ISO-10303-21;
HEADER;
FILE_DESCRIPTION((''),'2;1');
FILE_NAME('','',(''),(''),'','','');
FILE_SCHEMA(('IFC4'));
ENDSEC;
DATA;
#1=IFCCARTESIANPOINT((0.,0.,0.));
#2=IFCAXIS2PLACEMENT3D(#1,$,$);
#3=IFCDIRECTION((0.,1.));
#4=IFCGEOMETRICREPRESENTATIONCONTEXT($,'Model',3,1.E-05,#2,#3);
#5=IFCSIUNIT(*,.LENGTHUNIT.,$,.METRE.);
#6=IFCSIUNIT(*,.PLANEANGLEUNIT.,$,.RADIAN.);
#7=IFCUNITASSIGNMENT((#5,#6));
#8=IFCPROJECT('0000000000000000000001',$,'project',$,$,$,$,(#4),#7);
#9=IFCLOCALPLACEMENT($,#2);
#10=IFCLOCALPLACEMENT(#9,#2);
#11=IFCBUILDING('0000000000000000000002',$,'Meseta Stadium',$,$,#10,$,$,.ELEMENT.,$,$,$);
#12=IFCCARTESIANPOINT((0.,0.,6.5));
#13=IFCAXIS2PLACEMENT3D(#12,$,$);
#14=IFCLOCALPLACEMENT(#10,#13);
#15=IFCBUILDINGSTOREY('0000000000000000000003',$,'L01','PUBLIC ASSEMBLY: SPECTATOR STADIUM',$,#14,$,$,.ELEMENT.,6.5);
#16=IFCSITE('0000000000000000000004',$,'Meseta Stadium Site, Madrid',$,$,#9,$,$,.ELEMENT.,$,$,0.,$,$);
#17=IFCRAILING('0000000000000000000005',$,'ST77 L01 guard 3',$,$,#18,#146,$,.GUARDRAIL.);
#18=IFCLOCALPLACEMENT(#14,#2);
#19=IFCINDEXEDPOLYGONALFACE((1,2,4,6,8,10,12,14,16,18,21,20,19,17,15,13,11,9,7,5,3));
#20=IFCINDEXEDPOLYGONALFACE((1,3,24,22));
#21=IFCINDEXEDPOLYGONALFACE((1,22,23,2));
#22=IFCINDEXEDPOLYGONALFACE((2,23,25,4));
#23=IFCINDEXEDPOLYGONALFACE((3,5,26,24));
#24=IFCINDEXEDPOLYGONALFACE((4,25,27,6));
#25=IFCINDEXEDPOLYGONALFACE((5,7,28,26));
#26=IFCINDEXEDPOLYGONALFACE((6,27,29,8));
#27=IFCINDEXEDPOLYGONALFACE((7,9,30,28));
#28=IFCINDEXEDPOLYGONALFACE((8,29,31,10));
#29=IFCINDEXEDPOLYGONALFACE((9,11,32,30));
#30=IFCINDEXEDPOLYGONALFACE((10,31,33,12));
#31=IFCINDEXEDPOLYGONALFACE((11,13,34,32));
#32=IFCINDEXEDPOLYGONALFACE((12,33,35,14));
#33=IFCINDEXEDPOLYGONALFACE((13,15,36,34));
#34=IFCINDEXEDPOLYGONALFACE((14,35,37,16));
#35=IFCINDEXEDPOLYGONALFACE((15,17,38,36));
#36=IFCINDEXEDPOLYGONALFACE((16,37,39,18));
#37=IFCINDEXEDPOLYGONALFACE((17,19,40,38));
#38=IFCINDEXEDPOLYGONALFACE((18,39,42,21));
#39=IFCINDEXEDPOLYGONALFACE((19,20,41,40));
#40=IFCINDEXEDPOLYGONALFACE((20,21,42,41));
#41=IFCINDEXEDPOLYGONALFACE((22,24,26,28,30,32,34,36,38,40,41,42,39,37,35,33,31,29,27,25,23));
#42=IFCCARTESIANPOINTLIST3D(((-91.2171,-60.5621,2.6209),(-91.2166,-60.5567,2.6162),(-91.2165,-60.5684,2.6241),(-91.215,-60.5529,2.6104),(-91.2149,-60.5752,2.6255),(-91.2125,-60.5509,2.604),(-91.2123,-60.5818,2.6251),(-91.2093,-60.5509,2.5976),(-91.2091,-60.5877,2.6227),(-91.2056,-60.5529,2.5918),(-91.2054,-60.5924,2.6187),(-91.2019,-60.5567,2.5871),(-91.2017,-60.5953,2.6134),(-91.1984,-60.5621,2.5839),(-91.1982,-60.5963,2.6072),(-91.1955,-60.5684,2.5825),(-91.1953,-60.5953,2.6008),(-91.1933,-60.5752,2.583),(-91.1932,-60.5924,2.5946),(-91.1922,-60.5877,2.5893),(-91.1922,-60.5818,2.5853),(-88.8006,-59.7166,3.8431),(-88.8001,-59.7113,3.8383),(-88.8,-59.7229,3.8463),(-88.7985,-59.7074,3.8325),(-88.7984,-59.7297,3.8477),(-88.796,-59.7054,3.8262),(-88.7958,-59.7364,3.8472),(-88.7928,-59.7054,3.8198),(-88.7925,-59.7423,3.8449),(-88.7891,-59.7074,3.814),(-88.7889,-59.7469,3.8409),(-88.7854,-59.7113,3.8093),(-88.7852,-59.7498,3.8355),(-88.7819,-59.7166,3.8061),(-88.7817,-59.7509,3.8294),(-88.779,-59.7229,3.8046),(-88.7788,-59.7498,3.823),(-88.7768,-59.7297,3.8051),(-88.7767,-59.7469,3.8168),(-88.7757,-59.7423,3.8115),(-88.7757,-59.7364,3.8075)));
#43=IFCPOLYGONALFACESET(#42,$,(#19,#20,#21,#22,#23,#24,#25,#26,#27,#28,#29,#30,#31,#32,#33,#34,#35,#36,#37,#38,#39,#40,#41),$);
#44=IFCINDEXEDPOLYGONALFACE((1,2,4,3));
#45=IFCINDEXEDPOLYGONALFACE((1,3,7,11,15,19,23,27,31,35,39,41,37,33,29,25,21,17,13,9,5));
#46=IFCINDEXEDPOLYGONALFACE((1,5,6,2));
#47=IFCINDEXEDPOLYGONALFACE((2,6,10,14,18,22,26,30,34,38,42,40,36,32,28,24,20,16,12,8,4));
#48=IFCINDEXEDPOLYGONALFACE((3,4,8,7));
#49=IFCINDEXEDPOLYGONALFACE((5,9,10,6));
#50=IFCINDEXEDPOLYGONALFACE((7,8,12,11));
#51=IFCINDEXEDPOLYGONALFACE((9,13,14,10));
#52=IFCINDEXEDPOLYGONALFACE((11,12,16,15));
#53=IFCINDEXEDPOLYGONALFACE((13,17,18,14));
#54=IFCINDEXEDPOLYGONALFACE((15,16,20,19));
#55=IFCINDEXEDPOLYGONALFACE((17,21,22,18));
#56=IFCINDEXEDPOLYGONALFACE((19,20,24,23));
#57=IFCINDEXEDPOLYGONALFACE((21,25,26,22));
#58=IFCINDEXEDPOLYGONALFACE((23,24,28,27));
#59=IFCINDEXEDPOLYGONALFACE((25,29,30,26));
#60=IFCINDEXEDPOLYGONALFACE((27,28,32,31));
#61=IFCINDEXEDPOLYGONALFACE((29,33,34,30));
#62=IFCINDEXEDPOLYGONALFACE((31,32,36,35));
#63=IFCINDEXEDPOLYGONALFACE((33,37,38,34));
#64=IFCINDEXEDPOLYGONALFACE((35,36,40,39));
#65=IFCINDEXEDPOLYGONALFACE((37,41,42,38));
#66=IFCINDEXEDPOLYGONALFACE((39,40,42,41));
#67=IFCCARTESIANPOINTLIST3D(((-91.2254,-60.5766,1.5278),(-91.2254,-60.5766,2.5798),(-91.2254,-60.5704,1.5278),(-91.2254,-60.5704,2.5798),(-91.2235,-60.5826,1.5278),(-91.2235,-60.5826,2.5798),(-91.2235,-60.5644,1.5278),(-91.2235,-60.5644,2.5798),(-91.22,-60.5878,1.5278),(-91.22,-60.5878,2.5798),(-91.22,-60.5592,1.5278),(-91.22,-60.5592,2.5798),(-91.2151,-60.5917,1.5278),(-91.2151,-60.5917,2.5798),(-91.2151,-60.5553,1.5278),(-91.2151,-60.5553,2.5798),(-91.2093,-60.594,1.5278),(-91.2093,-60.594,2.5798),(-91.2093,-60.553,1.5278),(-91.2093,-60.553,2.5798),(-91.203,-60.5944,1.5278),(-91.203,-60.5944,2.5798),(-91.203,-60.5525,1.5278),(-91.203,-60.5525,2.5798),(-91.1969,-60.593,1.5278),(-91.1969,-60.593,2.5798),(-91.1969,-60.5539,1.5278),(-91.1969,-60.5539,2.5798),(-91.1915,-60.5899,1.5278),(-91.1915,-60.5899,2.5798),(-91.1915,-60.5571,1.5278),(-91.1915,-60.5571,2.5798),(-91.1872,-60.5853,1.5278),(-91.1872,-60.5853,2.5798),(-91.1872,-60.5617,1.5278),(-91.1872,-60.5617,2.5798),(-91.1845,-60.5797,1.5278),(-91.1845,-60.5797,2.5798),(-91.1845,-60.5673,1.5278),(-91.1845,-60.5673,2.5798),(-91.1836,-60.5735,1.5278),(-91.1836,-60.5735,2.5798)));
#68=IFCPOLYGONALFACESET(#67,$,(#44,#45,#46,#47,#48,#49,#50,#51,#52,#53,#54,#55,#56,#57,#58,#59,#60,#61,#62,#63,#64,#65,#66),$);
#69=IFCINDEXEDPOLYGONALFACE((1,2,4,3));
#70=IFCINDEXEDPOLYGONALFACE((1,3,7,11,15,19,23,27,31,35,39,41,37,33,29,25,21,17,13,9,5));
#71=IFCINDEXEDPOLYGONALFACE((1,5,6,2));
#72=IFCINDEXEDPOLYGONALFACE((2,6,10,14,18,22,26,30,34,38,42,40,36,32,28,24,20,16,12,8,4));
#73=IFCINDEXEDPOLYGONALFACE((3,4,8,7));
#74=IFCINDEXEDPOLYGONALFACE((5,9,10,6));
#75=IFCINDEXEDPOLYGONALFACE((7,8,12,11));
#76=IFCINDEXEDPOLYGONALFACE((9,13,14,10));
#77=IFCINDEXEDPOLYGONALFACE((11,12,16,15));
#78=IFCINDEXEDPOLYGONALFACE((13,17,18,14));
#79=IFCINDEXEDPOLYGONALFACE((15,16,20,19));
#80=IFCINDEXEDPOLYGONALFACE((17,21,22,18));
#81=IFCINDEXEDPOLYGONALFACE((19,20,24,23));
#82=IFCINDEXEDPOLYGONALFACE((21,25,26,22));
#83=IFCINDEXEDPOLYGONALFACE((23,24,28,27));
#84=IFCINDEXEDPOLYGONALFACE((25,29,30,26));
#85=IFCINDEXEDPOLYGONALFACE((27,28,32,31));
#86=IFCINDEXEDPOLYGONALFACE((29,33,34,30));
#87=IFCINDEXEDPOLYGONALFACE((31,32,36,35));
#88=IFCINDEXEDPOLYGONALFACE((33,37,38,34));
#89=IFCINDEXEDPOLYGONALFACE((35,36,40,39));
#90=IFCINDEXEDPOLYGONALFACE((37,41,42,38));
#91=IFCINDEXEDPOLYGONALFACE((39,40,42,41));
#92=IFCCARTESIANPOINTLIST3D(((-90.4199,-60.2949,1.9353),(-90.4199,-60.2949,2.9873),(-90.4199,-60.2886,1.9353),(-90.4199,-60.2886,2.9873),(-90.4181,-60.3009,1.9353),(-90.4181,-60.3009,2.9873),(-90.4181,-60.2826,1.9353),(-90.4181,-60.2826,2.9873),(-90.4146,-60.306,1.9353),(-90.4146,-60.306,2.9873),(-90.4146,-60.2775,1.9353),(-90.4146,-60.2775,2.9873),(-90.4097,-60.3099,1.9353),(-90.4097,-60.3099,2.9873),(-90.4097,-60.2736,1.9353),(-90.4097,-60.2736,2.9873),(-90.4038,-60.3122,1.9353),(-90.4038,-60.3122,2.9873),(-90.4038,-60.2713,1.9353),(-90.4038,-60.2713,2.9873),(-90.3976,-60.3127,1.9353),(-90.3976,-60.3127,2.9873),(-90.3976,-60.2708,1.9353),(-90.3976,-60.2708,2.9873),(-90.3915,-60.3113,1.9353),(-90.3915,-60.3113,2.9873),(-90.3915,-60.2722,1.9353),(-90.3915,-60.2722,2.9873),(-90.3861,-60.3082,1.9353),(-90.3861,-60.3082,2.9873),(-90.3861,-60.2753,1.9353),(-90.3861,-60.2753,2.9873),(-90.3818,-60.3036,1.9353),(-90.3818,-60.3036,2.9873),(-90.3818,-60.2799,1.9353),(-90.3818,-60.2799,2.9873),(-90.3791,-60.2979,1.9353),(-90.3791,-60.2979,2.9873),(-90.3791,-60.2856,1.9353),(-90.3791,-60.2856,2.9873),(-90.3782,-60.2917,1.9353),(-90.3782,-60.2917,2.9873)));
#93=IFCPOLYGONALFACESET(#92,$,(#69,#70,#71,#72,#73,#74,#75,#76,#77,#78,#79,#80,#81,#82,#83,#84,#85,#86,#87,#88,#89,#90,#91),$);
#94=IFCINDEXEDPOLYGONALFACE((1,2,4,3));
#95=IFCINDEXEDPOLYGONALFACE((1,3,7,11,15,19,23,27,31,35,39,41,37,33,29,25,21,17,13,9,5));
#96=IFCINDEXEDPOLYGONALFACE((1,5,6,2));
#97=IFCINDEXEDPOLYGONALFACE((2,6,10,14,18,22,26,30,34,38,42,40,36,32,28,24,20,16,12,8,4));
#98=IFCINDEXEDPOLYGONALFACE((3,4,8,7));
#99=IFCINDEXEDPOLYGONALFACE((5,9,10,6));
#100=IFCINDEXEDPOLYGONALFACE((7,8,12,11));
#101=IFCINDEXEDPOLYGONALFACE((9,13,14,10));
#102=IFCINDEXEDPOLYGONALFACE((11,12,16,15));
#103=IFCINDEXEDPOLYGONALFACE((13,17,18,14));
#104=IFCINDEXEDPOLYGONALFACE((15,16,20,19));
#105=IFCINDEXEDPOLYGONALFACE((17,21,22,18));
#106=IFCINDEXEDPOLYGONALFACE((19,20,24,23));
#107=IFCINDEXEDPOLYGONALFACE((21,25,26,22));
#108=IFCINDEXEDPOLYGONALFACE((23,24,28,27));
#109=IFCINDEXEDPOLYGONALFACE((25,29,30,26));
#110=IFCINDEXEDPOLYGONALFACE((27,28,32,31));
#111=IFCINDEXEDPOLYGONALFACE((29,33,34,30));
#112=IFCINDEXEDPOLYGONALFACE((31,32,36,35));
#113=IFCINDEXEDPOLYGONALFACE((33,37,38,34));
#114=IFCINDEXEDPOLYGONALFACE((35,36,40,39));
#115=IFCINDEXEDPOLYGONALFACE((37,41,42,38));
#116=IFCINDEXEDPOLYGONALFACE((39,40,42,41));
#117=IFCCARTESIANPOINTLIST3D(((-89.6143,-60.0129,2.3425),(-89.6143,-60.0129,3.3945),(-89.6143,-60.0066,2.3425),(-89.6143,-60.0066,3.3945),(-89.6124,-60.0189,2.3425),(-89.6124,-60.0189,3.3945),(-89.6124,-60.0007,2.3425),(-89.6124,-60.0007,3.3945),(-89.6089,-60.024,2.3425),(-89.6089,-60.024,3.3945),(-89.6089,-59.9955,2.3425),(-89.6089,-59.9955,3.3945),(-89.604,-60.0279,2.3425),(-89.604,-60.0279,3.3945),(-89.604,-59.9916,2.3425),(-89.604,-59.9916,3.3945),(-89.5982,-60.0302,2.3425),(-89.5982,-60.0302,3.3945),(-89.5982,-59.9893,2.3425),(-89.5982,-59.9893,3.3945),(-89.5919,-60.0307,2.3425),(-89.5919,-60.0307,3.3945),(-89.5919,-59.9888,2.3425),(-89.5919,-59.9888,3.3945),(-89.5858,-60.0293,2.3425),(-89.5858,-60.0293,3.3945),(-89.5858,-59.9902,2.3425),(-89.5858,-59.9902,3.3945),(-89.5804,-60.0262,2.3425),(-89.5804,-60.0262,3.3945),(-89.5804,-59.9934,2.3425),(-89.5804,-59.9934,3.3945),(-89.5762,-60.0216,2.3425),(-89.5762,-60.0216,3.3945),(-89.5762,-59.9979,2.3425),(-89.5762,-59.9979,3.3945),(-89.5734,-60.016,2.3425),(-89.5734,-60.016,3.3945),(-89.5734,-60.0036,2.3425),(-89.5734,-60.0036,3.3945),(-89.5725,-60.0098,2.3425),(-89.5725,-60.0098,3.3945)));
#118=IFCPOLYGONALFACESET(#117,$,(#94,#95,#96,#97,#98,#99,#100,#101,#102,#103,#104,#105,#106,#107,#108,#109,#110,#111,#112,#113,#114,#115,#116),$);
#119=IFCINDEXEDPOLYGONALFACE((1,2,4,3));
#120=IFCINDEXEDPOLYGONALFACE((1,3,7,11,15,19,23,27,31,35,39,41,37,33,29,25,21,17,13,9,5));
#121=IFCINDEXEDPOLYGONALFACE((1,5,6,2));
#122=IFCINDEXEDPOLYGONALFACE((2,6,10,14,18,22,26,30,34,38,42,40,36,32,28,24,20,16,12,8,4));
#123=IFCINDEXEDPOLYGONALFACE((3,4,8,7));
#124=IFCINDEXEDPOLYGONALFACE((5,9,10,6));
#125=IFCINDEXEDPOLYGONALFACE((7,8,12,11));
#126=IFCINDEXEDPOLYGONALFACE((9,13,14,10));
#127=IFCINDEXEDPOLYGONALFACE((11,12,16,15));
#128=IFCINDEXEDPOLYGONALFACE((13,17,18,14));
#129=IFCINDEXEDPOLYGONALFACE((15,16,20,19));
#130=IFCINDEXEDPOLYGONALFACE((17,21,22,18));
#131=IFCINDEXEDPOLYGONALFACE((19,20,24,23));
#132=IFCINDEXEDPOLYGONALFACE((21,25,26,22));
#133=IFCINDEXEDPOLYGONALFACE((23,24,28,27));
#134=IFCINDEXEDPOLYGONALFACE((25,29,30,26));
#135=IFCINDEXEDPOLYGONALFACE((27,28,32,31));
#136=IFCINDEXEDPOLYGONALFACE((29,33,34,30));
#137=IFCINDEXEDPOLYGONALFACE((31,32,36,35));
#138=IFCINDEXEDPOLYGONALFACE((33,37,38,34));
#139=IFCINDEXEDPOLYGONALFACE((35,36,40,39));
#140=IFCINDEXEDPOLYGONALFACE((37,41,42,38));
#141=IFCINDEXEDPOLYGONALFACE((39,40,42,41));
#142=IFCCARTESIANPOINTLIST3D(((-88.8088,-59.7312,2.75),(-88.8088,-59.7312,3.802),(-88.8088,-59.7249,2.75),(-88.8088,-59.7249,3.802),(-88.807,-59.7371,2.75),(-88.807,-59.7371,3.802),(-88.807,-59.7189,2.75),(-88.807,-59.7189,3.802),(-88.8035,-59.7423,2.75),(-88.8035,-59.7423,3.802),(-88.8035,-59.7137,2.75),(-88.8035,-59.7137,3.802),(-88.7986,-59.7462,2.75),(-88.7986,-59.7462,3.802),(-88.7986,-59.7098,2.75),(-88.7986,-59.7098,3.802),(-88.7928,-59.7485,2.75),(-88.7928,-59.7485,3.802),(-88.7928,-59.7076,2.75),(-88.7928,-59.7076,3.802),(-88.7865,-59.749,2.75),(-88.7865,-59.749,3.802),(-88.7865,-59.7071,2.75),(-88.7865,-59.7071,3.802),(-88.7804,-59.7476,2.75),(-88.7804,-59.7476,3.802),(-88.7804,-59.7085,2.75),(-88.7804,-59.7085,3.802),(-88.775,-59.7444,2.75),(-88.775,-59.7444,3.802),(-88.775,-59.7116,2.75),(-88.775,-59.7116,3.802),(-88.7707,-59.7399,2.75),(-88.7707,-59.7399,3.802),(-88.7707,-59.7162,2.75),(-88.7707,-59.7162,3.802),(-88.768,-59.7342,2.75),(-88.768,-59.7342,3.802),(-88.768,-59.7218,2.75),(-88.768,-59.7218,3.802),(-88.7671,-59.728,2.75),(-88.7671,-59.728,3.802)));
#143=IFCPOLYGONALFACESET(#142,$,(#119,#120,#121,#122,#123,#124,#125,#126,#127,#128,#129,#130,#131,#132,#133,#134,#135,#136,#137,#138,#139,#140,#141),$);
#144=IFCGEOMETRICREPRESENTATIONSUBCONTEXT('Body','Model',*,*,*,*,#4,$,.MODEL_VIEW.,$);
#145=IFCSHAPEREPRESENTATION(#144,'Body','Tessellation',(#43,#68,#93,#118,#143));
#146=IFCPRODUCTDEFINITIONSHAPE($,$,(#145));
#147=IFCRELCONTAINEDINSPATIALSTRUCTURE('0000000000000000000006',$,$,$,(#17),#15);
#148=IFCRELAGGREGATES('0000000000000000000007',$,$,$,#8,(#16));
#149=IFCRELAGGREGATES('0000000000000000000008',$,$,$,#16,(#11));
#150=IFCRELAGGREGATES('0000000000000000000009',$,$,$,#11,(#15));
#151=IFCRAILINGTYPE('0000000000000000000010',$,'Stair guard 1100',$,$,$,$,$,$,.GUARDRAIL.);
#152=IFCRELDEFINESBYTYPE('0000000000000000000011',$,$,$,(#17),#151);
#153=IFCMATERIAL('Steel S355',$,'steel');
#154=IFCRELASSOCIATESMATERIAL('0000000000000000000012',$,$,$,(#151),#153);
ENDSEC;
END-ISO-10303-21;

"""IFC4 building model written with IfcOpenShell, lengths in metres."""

from ifc_helpers import new_model, si_unit, direction, frame, origin, origin_2d, place, context, subcontext, project, spatial, circle, extrude, material, type_object, element, save


model = new_model("IFC4")

# Units and contexts
model_context = context("Model", 3, precision=1e-05, world=origin(), true_north=direction((0.0, 1.0)))
body_context = subcontext(model_context, "Body", "Model", "MODEL_VIEW")
ifc_project = project(units=[si_unit("LENGTHUNIT", "METRE"), si_unit("PLANEANGLEUNIT", "RADIAN")], contexts=[model_context])

# Site, building, storey
site_placement = place(None, origin())
site = spatial("IfcSite", under=ifc_project, at=site_placement, Name="Meseta Stadium Site, Madrid", CompositionType="ELEMENT", RefElevation=0.0)
building_placement = place(site_placement, origin())
building = spatial("IfcBuilding", under=site, at=building_placement, Name="Meseta Stadium", CompositionType="ELEMENT")
storey_placement = place(building_placement, frame((0.0, 0.0, 6.5)))
storey = spatial("IfcBuildingStorey", under=building, at=storey_placement, Name="L01", Description="PUBLIC ASSEMBLY: SPECTATOR STADIUM", CompositionType="ELEMENT", Elevation=6.5)

# Railing
ifc_material_1 = material(Name="Steel S355", Category="steel")
railing_type = type_object("IfcRailingType", Name="Stair guard 1100", PredefinedType="GUARDRAIL", material=ifc_material_1)
railing_1_placement = place(storey_placement, frame((-91.2046, -60.5735, 1.5278)))
element("IfcRailing", 1, at=railing_1_placement, inside=storey, type_object=railing_type, Name="ST77 L01 guard 3", PredefinedType="GUARDRAIL", context=body_context, shape_type="SweptSolid", body=[
    extrude(circle(Radius=0.0239, at=origin_2d()), frame((0.0, 0.0, 1.0762), z_axis=(0.851812, 0.298022, 0.430811), x_axis=(-0.33024, 0.943897, 0.0)), (0.0, 0.0, 1.0), 2.8369),
    extrude(circle(Radius=0.021, at=origin_2d()), origin(), (0.0, 0.0, 1.0), 1.052),
    extrude(circle(Radius=0.021, at=origin_2d()), frame((0.8054, 0.2817, 0.4075)), (0.0, 0.0, 1.0), 1.052),
    extrude(circle(Radius=0.021, at=origin_2d()), frame((1.6111, 0.5637, 0.8147)), (0.0, 0.0, 1.0), 1.052),
    extrude(circle(Radius=0.021, at=origin_2d()), frame((2.4165, 0.8455, 1.2222)), (0.0, 0.0, 1.0), 1.052),
])

save(model, "model.ifc")
